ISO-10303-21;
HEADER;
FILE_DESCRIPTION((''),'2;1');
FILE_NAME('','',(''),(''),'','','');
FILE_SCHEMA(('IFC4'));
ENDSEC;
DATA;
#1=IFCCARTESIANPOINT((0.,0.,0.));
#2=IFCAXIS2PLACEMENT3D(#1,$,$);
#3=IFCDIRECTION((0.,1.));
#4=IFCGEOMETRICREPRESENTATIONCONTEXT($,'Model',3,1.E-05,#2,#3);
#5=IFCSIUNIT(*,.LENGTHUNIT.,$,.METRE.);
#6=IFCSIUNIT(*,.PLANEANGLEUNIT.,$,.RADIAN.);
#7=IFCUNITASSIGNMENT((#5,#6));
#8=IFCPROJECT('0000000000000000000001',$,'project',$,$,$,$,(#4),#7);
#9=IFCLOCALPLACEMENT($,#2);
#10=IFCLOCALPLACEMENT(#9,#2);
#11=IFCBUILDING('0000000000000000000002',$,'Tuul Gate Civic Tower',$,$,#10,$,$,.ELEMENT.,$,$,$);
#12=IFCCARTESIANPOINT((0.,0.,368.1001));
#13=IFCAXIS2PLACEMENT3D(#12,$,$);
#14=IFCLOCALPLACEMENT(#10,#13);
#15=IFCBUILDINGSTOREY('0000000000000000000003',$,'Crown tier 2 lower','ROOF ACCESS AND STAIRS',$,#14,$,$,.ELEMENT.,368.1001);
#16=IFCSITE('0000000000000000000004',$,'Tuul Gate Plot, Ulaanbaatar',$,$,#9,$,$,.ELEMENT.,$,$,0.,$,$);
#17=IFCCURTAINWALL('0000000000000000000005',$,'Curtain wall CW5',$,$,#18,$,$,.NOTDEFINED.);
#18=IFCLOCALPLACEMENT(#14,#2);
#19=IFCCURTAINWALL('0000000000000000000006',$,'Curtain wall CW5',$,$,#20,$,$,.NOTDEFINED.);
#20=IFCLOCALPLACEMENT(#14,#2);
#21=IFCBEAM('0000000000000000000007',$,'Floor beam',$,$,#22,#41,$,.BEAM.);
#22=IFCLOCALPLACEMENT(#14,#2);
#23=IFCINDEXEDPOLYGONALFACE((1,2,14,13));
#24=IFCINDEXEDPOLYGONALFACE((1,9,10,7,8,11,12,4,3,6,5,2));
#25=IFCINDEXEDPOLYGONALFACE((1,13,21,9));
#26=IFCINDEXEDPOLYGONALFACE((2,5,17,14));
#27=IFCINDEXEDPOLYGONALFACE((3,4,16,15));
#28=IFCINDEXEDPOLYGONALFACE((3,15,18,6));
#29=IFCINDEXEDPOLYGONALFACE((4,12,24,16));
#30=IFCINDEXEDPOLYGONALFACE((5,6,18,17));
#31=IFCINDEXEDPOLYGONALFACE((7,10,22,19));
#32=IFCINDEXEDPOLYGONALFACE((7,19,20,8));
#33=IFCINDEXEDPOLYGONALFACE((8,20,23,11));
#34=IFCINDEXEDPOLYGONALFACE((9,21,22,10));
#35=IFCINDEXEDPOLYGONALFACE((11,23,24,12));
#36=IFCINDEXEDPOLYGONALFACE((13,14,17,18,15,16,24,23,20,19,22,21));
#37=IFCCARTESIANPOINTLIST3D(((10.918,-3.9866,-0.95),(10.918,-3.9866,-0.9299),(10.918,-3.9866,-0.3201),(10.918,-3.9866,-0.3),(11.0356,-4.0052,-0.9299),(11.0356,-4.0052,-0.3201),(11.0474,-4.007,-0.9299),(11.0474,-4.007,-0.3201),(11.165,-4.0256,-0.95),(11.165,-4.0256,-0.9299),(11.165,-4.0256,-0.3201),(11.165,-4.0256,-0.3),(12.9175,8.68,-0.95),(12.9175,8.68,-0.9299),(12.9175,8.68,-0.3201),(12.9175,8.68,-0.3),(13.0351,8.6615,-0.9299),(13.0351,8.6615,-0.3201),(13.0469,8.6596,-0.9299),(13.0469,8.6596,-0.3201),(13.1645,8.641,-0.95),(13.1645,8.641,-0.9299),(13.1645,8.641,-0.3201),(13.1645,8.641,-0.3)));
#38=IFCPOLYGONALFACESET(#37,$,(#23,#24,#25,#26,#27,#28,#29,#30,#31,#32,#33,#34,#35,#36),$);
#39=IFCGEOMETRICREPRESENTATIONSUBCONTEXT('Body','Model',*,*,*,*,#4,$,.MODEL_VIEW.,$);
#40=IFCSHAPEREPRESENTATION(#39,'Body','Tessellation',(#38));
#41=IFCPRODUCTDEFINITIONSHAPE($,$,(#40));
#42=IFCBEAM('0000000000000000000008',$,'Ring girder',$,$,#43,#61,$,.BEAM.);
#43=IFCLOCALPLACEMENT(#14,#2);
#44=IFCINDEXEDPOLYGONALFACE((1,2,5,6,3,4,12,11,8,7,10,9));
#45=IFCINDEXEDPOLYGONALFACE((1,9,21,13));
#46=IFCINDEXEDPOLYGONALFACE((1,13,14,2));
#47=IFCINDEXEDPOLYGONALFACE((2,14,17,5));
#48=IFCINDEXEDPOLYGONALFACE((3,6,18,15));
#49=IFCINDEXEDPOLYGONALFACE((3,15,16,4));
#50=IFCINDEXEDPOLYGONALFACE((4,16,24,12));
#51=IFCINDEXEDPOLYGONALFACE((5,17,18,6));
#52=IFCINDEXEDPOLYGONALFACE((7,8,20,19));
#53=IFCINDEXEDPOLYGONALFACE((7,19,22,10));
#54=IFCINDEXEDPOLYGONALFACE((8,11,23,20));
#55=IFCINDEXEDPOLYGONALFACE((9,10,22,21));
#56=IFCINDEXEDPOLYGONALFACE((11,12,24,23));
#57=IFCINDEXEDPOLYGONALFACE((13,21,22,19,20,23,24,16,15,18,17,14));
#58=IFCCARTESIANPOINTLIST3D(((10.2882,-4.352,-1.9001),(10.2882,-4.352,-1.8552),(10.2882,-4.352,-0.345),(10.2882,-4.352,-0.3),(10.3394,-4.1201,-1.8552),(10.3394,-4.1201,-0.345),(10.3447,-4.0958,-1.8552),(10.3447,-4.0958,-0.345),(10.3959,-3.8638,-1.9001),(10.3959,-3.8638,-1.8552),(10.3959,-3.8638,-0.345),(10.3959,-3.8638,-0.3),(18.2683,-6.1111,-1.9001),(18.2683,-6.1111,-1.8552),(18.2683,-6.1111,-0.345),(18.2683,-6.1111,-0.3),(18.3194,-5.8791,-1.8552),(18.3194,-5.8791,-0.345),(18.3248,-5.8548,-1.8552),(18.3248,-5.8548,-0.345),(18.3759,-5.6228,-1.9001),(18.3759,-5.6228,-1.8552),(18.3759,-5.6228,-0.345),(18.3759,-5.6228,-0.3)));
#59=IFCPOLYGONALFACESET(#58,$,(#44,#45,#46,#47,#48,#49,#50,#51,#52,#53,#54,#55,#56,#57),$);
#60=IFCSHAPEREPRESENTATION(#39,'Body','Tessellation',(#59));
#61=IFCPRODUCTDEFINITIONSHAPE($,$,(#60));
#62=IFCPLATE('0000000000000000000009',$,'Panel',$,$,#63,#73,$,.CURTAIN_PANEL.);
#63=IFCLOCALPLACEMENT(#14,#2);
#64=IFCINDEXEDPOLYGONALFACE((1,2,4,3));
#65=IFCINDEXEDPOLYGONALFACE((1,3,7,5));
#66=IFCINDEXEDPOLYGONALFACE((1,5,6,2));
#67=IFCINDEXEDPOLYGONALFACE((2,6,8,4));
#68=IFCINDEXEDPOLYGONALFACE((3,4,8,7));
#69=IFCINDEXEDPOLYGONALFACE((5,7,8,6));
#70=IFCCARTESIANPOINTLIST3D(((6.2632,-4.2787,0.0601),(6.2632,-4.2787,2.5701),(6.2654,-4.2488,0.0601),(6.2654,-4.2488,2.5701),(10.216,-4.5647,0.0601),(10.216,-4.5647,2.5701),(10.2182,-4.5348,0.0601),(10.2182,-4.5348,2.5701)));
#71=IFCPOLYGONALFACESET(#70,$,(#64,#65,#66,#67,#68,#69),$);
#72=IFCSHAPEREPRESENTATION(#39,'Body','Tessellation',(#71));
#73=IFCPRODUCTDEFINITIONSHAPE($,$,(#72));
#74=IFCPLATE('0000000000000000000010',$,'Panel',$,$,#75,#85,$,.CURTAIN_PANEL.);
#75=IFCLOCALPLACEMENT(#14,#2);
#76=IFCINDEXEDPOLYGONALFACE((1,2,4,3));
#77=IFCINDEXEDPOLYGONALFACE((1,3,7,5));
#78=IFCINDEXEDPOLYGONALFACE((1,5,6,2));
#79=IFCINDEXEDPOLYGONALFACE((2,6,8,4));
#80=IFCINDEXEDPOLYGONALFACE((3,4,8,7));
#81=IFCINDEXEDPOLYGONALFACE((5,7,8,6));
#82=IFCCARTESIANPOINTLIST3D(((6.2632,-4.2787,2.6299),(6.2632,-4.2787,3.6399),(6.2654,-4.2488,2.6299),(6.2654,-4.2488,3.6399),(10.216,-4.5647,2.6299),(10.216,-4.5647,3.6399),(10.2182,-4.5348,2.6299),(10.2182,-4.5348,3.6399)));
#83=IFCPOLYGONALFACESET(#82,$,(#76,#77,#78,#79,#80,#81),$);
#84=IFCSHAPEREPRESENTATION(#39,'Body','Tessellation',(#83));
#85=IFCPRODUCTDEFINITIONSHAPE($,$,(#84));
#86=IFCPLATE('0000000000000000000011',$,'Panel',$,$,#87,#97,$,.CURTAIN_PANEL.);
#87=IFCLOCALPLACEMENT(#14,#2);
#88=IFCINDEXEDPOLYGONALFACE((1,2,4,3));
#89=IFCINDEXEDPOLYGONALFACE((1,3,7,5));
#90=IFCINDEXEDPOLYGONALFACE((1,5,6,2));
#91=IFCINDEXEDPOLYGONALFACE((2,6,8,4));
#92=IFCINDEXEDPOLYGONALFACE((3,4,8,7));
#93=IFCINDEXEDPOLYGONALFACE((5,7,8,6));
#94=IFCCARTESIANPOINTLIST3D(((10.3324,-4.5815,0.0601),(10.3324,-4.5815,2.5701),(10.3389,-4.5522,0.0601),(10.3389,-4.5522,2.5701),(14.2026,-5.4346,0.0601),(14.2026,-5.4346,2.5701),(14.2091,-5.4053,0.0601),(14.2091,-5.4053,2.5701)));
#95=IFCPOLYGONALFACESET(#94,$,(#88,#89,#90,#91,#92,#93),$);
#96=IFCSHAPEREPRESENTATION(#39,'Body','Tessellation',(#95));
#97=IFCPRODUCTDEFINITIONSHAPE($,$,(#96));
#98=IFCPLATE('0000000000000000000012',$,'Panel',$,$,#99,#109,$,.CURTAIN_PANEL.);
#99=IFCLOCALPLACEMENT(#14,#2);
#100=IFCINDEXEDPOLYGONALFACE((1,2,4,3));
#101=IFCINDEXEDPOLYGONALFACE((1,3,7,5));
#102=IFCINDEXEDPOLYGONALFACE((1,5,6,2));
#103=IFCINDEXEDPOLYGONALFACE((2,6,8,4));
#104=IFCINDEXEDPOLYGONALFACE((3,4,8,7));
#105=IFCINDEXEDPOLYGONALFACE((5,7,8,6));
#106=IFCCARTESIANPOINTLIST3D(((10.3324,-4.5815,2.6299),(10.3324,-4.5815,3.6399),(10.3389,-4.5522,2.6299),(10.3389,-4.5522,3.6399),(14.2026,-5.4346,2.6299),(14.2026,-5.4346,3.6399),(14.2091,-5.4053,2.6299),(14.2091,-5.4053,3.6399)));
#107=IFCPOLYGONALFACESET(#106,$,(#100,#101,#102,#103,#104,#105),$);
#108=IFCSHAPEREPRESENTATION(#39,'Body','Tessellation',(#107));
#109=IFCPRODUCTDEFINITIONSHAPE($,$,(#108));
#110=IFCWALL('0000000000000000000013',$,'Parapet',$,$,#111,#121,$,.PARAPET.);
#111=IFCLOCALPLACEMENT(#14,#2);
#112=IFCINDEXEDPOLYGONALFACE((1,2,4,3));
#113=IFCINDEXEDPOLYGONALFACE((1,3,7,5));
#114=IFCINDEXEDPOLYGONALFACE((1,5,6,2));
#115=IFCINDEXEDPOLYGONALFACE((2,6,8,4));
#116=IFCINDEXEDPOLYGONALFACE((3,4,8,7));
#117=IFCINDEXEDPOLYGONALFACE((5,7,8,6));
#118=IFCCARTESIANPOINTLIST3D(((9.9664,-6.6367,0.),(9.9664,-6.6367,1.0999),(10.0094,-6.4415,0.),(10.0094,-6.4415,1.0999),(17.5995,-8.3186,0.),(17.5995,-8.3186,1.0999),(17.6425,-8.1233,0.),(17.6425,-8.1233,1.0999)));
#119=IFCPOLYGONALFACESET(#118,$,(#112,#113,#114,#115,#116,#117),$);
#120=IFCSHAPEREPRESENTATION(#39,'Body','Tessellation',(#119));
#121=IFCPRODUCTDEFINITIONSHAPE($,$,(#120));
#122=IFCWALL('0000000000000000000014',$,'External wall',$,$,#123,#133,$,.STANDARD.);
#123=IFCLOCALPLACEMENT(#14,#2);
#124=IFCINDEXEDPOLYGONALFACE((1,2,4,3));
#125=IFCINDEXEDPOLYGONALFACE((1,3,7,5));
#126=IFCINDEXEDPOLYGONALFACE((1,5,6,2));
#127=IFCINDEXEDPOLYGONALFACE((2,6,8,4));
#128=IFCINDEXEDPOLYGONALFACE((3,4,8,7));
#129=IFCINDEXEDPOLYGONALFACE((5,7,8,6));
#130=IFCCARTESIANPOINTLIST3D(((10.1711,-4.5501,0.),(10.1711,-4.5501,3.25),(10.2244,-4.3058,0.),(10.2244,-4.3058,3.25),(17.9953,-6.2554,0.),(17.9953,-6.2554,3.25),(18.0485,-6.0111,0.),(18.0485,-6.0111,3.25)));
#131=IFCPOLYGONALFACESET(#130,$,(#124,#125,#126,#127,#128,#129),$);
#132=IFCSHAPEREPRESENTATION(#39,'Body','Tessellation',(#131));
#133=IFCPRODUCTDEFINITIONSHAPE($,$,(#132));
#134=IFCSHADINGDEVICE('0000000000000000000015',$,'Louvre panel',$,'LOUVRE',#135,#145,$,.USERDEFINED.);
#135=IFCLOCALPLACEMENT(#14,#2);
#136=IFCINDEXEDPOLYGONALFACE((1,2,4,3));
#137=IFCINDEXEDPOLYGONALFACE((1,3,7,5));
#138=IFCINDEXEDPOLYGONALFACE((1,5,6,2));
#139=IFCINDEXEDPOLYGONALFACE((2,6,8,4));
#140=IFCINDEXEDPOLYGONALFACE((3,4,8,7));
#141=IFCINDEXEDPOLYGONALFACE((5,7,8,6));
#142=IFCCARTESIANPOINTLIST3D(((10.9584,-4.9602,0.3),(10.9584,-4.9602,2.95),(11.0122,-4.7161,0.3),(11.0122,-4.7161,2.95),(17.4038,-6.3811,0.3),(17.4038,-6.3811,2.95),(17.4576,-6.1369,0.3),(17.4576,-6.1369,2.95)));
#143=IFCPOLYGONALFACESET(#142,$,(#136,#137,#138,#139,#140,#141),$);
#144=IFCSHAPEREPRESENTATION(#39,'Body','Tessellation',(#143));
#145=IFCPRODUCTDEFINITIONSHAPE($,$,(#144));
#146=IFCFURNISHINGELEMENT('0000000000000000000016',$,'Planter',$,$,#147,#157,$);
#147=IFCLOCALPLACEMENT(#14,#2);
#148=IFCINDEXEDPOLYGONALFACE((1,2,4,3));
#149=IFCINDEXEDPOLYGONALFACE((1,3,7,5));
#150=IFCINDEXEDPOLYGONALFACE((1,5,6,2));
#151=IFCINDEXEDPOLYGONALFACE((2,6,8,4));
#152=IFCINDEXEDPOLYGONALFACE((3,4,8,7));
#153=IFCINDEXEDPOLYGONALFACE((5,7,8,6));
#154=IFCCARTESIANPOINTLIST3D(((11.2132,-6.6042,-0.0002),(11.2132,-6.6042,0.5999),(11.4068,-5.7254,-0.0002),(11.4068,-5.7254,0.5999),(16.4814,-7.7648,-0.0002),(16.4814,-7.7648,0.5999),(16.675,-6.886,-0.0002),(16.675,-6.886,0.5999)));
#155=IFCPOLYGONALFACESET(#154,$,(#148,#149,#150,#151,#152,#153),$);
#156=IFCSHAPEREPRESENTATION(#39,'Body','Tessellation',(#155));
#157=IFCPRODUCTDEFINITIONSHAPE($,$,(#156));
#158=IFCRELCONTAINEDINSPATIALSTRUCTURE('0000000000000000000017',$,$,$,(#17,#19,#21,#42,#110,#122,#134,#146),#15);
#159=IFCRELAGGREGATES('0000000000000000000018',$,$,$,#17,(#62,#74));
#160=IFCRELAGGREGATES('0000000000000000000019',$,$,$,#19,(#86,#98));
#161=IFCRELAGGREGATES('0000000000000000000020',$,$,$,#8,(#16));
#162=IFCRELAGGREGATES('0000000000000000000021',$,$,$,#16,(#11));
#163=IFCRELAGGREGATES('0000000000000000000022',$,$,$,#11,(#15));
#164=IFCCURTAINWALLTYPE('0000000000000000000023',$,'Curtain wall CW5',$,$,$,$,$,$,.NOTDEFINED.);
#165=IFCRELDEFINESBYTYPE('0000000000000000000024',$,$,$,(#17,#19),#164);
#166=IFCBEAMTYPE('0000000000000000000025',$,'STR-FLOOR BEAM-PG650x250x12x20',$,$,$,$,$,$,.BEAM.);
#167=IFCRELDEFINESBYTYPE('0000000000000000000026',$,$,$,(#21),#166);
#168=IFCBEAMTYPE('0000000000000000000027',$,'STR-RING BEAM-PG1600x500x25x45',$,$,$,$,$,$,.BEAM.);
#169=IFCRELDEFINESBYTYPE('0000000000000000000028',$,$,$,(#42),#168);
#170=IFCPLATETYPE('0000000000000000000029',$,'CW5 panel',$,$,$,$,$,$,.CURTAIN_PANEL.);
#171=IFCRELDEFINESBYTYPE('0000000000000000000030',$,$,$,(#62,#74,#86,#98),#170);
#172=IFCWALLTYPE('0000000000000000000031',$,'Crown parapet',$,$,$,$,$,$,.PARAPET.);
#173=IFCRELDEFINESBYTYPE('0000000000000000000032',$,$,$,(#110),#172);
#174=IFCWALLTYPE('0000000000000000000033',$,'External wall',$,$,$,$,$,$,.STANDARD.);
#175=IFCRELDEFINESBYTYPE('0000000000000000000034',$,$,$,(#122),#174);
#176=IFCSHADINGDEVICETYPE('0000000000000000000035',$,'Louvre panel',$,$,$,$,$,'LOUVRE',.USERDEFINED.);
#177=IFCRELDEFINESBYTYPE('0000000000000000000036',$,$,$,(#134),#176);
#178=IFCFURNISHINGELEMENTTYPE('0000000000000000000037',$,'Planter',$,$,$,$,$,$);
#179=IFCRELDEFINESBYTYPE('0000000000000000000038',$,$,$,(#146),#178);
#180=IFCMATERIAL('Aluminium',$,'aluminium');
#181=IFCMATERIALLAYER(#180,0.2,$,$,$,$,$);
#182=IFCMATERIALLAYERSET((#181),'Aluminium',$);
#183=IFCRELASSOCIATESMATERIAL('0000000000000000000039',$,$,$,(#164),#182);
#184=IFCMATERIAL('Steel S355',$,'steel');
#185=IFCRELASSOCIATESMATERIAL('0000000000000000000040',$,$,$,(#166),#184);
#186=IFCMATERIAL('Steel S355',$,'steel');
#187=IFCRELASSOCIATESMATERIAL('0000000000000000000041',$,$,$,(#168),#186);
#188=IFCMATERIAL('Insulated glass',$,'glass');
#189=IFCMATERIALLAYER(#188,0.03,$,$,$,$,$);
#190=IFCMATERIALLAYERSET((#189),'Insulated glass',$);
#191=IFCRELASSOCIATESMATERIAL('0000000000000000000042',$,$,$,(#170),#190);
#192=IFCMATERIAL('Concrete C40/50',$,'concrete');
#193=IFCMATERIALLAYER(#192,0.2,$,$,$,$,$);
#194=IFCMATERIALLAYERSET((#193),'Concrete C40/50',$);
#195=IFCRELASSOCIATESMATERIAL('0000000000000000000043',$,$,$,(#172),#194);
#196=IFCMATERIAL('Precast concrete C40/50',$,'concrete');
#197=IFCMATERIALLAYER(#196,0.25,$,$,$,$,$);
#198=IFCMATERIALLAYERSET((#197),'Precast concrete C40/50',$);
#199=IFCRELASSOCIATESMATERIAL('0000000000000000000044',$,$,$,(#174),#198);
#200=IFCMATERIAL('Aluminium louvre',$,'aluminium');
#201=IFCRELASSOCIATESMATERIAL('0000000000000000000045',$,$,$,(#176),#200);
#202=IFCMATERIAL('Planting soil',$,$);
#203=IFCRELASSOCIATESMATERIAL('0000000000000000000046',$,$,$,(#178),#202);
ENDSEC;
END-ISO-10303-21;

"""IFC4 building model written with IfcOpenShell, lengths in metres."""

from ifc_helpers import new_model, si_unit, direction, frame, frame_2d, origin, origin_2d, place, context, subcontext, project, spatial, rectangle, i_section, extrude, material, layer, layer_set, material_profile, profile_set, type_object, element, aggregate, save


model = new_model("IFC4")

# Units and contexts
model_context = context("Model", 3, precision=1e-05, world=origin(), true_north=direction((0.0, 1.0)))
body_context = subcontext(model_context, "Body", "Model", "MODEL_VIEW")
ifc_project = project(units=[si_unit("LENGTHUNIT", "METRE"), si_unit("PLANEANGLEUNIT", "RADIAN")], contexts=[model_context])

# Site, building, storey
site_placement = place(None, origin())
site = spatial("IfcSite", under=ifc_project, at=site_placement, Name="Tuul Gate Plot, Ulaanbaatar", CompositionType="ELEMENT", RefElevation=0.0)
building_placement = place(site_placement, origin())
building = spatial("IfcBuilding", under=site, at=building_placement, Name="Tuul Gate Civic Tower", CompositionType="ELEMENT")
storey_placement = place(building_placement, frame((0.0, 0.0, 368.1001)))
storey = spatial("IfcBuildingStorey", under=building, at=storey_placement, Name="Crown tier 2 lower", Description="ROOF ACCESS AND STAIRS", CompositionType="ELEMENT", Elevation=368.1001)

# Curtain wall
ifc_material_1 = material(Name="Aluminium", Category="aluminium")
ifc_layer_1 = layer(ifc_material_1, 0.2)
ifc_layer_set_1 = layer_set([ifc_layer_1], Name="Aluminium")
curtain_wall_type = type_object("IfcCurtainWallType", Name="Curtain wall CW5", PredefinedType="NOTDEFINED", material=ifc_layer_set_1)
curtain_wall_1_placement = place(storey_placement, origin())
curtain_wall_1 = element("IfcCurtainWall", 1, at=curtain_wall_1_placement, inside=storey, type_object=curtain_wall_type, Name="Curtain wall CW5", PredefinedType="NOTDEFINED")

# Curtain wall
curtain_wall_2_placement = place(storey_placement, origin())
curtain_wall_2 = element("IfcCurtainWall", 2, at=curtain_wall_2_placement, inside=storey, type_object=curtain_wall_type, Name="Curtain wall CW5", PredefinedType="NOTDEFINED")

# Beams
ifc_material_2 = material(Name="Steel S355", Category="steel")
ifc_material_profile_1 = material_profile(ifc_material_2, i_section(OverallWidth=0.25, OverallDepth=0.6499, WebThickness=0.012, FlangeThickness=0.02, at=origin_2d()), Name="PG650x250x12x20")
ifc_profile_set_1 = profile_set([ifc_material_profile_1], Name="Steel S355")
beam_type_1 = type_object("IfcBeamType", Name="STR-FLOOR BEAM-PG650x250x12x20", PredefinedType="BEAM", material=ifc_profile_set_1)
beam_1_placement = place(storey_placement, frame((11.0415, -4.0061, -0.625), z_axis=(0.155924, 0.987769, 0.0), x_axis=(-0.987769, 0.155924, 0.0)))
element("IfcBeam", 3, at=beam_1_placement, inside=storey, type_object=beam_type_1, Name="Floor beam", PredefinedType="BEAM", context=body_context, shape_type="SweptSolid", body=[
    extrude(i_section(OverallWidth=0.25, OverallDepth=0.6499, WebThickness=0.012, FlangeThickness=0.02, at=origin_2d()), origin(), (0.0, 0.0, 1.0), 12.8235),
])
ifc_material_3 = material(Name="Steel S355", Category="steel")
ifc_material_profile_2 = material_profile(ifc_material_3, i_section(OverallWidth=0.5, OverallDepth=1.6001, WebThickness=0.0249, FlangeThickness=0.0449, at=origin_2d()), Name="PG1600x500x25x45")
ifc_profile_set_2 = profile_set([ifc_material_profile_2], Name="Steel S355")
beam_type_2 = type_object("IfcBeamType", Name="STR-RING BEAM-PG1600x500x25x45", PredefinedType="BEAM", material=ifc_profile_set_2)
beam_2_placement = place(storey_placement, frame((10.342, -4.1079, -1.1001), z_axis=(0.976556, -0.215263, 0.0), x_axis=(0.215263, 0.976556, 0.0)))
element("IfcBeam", 4, at=beam_2_placement, inside=storey, type_object=beam_type_2, Name="Ring girder", PredefinedType="BEAM", context=body_context, shape_type="SweptSolid", body=[
    extrude(i_section(OverallWidth=0.5, OverallDepth=1.6001, WebThickness=0.0249, FlangeThickness=0.0449, at=origin_2d()), origin(), (0.0, 0.0, 1.0), 8.1716),
])

# Plates
ifc_material_4 = material(Name="Insulated glass", Category="glass")
ifc_layer_2 = layer(ifc_material_4, 0.03)
ifc_layer_set_2 = layer_set([ifc_layer_2], Name="Insulated glass")
plate_type = type_object("IfcPlateType", Name="CW5 panel", PredefinedType="CURTAIN_PANEL", material=ifc_layer_set_2)
plate_1_placement = place(storey_placement, frame((8.2407, -4.4067, 0.0601), z_axis=(0.0, 0.0, 1.0), x_axis=(0.997393, -0.072168, 0.0)))
plate_1 = element("IfcPlate", 5, at=plate_1_placement, type_object=plate_type, Name="Panel", PredefinedType="CURTAIN_PANEL", context=body_context, shape_type="SweptSolid", body=[
    extrude(rectangle(XDim=3.9631, YDim=0.03, at=origin_2d()), origin(), (0.0, 0.0, 1.0), 2.51),
])
plate_2_placement = place(storey_placement, frame((8.2407, -4.4067, 2.6299), z_axis=(0.0, 0.0, 1.0), x_axis=(0.997393, -0.072168, 0.0)))
plate_2 = element("IfcPlate", 6, at=plate_2_placement, type_object=plate_type, Name="Panel", PredefinedType="CURTAIN_PANEL", context=body_context, shape_type="SweptSolid", body=[
    extrude(rectangle(XDim=3.9631, YDim=0.03, at=origin_2d()), origin(), (0.0, 0.0, 1.0), 1.01),
])
aggregate(curtain_wall_1, [plate_1, plate_2])
plate_3_placement = place(storey_placement, frame((12.2708, -4.9934, 0.0601), z_axis=(0.0, 0.0, 1.0), x_axis=(0.976554, -0.215271, 0.0)))
plate_3 = element("IfcPlate", 7, at=plate_3_placement, type_object=plate_type, Name="Panel", PredefinedType="CURTAIN_PANEL", context=body_context, shape_type="SweptSolid", body=[
    extrude(rectangle(XDim=3.9631, YDim=0.03, at=origin_2d()), origin(), (0.0, 0.0, 1.0), 2.51),
])
plate_4_placement = place(storey_placement, frame((12.2708, -4.9934, 2.6299), z_axis=(0.0, 0.0, 1.0), x_axis=(0.976554, -0.215271, 0.0)))
plate_4 = element("IfcPlate", 8, at=plate_4_placement, type_object=plate_type, Name="Panel", PredefinedType="CURTAIN_PANEL", context=body_context, shape_type="SweptSolid", body=[
    extrude(rectangle(XDim=3.9631, YDim=0.03, at=origin_2d()), origin(), (0.0, 0.0, 1.0), 1.01),
])
aggregate(curtain_wall_2, [plate_3, plate_4])

# Walls
ifc_material_5 = material(Name="Concrete C40/50", Category="concrete")
ifc_layer_3 = layer(ifc_material_5, 0.2)
ifc_layer_set_3 = layer_set([ifc_layer_3], Name="Concrete C40/50")
wall_type_1 = type_object("IfcWallType", Name="Crown parapet", PredefinedType="PARAPET", material=ifc_layer_set_3)
wall_1_placement = place(storey_placement, frame((9.9878, -6.5391, 0.0), z_axis=(0.0, 0.0, 1.0), x_axis=(0.976574, -0.215181, 0.0)))
element("IfcWall", 9, at=wall_1_placement, inside=storey, type_object=wall_type_1, Name="Parapet", PredefinedType="PARAPET", context=body_context, shape_type="SweptSolid", body=[
    extrude(rectangle(XDim=7.8162, YDim=0.2, at=frame_2d((3.9082, 0.0))), origin(), (0.0, 0.0, 1.0), 1.0999),
])
ifc_material_6 = material(Name="Precast concrete C40/50", Category="concrete")
ifc_layer_4 = layer(ifc_material_6, 0.25)
ifc_layer_set_4 = layer_set([ifc_layer_4], Name="Precast concrete C40/50")
wall_type_2 = type_object("IfcWallType", Name="External wall", PredefinedType="STANDARD", material=ifc_layer_set_4)
wall_2_placement = place(storey_placement, frame((10.1978, -4.428, 0.0), z_axis=(0.0, 0.0, 1.0), x_axis=(0.977062, -0.212955, 0.0)))
element("IfcWall", 10, at=wall_2_placement, inside=storey, type_object=wall_type_2, Name="External wall", PredefinedType="STANDARD", context=body_context, shape_type="SweptSolid", body=[
    extrude(rectangle(XDim=8.0078, YDim=0.25, at=frame_2d((4.0039, 0.0))), origin(), (0.0, 0.0, 1.0), 3.25),
])

# Shading device
ifc_material_7 = material(Name="Aluminium louvre", Category="aluminium")
shading_device_type = type_object("IfcShadingDeviceType", Name="Louvre panel", ElementType="LOUVRE", PredefinedType="USERDEFINED", material=ifc_material_7)
shading_device_placement = place(storey_placement, frame((14.208, -5.5486, 0.3), z_axis=(0.0, 0.0, 1.0), x_axis=(-0.215271, -0.976554, 0.0)))
element("IfcShadingDevice", 11, at=shading_device_placement, inside=storey, type_object=shading_device_type, Name="Louvre panel", ObjectType="LOUVRE", PredefinedType="USERDEFINED", context=body_context, shape_type="SweptSolid", body=[
    extrude(rectangle(XDim=0.25, YDim=6.6001, at=origin_2d()), origin(), (0.0, 0.0, 1.0), 2.6499),
])

# Furnishing element
ifc_material_8 = material(Name="Planting soil")
furnishing_element_type = type_object("IfcFurnishingElementType", Name="Planter", material=ifc_material_8)
furnishing_placement = place(storey_placement, frame((13.9441, -6.7451, -0.0002), z_axis=(0.0, 0.0, 1.0), x_axis=(0.976581, -0.215151, 0.0)))
element("IfcFurnishingElement", 12, at=furnishing_placement, inside=storey, type_object=furnishing_element_type, Name="Planter", context=body_context, shape_type="SweptSolid", body=[
    extrude(rectangle(XDim=5.3945, YDim=0.8999, at=origin_2d()), origin(), (0.0, 0.0, 1.0), 0.6001),
])

save(model, "model.ifc")
